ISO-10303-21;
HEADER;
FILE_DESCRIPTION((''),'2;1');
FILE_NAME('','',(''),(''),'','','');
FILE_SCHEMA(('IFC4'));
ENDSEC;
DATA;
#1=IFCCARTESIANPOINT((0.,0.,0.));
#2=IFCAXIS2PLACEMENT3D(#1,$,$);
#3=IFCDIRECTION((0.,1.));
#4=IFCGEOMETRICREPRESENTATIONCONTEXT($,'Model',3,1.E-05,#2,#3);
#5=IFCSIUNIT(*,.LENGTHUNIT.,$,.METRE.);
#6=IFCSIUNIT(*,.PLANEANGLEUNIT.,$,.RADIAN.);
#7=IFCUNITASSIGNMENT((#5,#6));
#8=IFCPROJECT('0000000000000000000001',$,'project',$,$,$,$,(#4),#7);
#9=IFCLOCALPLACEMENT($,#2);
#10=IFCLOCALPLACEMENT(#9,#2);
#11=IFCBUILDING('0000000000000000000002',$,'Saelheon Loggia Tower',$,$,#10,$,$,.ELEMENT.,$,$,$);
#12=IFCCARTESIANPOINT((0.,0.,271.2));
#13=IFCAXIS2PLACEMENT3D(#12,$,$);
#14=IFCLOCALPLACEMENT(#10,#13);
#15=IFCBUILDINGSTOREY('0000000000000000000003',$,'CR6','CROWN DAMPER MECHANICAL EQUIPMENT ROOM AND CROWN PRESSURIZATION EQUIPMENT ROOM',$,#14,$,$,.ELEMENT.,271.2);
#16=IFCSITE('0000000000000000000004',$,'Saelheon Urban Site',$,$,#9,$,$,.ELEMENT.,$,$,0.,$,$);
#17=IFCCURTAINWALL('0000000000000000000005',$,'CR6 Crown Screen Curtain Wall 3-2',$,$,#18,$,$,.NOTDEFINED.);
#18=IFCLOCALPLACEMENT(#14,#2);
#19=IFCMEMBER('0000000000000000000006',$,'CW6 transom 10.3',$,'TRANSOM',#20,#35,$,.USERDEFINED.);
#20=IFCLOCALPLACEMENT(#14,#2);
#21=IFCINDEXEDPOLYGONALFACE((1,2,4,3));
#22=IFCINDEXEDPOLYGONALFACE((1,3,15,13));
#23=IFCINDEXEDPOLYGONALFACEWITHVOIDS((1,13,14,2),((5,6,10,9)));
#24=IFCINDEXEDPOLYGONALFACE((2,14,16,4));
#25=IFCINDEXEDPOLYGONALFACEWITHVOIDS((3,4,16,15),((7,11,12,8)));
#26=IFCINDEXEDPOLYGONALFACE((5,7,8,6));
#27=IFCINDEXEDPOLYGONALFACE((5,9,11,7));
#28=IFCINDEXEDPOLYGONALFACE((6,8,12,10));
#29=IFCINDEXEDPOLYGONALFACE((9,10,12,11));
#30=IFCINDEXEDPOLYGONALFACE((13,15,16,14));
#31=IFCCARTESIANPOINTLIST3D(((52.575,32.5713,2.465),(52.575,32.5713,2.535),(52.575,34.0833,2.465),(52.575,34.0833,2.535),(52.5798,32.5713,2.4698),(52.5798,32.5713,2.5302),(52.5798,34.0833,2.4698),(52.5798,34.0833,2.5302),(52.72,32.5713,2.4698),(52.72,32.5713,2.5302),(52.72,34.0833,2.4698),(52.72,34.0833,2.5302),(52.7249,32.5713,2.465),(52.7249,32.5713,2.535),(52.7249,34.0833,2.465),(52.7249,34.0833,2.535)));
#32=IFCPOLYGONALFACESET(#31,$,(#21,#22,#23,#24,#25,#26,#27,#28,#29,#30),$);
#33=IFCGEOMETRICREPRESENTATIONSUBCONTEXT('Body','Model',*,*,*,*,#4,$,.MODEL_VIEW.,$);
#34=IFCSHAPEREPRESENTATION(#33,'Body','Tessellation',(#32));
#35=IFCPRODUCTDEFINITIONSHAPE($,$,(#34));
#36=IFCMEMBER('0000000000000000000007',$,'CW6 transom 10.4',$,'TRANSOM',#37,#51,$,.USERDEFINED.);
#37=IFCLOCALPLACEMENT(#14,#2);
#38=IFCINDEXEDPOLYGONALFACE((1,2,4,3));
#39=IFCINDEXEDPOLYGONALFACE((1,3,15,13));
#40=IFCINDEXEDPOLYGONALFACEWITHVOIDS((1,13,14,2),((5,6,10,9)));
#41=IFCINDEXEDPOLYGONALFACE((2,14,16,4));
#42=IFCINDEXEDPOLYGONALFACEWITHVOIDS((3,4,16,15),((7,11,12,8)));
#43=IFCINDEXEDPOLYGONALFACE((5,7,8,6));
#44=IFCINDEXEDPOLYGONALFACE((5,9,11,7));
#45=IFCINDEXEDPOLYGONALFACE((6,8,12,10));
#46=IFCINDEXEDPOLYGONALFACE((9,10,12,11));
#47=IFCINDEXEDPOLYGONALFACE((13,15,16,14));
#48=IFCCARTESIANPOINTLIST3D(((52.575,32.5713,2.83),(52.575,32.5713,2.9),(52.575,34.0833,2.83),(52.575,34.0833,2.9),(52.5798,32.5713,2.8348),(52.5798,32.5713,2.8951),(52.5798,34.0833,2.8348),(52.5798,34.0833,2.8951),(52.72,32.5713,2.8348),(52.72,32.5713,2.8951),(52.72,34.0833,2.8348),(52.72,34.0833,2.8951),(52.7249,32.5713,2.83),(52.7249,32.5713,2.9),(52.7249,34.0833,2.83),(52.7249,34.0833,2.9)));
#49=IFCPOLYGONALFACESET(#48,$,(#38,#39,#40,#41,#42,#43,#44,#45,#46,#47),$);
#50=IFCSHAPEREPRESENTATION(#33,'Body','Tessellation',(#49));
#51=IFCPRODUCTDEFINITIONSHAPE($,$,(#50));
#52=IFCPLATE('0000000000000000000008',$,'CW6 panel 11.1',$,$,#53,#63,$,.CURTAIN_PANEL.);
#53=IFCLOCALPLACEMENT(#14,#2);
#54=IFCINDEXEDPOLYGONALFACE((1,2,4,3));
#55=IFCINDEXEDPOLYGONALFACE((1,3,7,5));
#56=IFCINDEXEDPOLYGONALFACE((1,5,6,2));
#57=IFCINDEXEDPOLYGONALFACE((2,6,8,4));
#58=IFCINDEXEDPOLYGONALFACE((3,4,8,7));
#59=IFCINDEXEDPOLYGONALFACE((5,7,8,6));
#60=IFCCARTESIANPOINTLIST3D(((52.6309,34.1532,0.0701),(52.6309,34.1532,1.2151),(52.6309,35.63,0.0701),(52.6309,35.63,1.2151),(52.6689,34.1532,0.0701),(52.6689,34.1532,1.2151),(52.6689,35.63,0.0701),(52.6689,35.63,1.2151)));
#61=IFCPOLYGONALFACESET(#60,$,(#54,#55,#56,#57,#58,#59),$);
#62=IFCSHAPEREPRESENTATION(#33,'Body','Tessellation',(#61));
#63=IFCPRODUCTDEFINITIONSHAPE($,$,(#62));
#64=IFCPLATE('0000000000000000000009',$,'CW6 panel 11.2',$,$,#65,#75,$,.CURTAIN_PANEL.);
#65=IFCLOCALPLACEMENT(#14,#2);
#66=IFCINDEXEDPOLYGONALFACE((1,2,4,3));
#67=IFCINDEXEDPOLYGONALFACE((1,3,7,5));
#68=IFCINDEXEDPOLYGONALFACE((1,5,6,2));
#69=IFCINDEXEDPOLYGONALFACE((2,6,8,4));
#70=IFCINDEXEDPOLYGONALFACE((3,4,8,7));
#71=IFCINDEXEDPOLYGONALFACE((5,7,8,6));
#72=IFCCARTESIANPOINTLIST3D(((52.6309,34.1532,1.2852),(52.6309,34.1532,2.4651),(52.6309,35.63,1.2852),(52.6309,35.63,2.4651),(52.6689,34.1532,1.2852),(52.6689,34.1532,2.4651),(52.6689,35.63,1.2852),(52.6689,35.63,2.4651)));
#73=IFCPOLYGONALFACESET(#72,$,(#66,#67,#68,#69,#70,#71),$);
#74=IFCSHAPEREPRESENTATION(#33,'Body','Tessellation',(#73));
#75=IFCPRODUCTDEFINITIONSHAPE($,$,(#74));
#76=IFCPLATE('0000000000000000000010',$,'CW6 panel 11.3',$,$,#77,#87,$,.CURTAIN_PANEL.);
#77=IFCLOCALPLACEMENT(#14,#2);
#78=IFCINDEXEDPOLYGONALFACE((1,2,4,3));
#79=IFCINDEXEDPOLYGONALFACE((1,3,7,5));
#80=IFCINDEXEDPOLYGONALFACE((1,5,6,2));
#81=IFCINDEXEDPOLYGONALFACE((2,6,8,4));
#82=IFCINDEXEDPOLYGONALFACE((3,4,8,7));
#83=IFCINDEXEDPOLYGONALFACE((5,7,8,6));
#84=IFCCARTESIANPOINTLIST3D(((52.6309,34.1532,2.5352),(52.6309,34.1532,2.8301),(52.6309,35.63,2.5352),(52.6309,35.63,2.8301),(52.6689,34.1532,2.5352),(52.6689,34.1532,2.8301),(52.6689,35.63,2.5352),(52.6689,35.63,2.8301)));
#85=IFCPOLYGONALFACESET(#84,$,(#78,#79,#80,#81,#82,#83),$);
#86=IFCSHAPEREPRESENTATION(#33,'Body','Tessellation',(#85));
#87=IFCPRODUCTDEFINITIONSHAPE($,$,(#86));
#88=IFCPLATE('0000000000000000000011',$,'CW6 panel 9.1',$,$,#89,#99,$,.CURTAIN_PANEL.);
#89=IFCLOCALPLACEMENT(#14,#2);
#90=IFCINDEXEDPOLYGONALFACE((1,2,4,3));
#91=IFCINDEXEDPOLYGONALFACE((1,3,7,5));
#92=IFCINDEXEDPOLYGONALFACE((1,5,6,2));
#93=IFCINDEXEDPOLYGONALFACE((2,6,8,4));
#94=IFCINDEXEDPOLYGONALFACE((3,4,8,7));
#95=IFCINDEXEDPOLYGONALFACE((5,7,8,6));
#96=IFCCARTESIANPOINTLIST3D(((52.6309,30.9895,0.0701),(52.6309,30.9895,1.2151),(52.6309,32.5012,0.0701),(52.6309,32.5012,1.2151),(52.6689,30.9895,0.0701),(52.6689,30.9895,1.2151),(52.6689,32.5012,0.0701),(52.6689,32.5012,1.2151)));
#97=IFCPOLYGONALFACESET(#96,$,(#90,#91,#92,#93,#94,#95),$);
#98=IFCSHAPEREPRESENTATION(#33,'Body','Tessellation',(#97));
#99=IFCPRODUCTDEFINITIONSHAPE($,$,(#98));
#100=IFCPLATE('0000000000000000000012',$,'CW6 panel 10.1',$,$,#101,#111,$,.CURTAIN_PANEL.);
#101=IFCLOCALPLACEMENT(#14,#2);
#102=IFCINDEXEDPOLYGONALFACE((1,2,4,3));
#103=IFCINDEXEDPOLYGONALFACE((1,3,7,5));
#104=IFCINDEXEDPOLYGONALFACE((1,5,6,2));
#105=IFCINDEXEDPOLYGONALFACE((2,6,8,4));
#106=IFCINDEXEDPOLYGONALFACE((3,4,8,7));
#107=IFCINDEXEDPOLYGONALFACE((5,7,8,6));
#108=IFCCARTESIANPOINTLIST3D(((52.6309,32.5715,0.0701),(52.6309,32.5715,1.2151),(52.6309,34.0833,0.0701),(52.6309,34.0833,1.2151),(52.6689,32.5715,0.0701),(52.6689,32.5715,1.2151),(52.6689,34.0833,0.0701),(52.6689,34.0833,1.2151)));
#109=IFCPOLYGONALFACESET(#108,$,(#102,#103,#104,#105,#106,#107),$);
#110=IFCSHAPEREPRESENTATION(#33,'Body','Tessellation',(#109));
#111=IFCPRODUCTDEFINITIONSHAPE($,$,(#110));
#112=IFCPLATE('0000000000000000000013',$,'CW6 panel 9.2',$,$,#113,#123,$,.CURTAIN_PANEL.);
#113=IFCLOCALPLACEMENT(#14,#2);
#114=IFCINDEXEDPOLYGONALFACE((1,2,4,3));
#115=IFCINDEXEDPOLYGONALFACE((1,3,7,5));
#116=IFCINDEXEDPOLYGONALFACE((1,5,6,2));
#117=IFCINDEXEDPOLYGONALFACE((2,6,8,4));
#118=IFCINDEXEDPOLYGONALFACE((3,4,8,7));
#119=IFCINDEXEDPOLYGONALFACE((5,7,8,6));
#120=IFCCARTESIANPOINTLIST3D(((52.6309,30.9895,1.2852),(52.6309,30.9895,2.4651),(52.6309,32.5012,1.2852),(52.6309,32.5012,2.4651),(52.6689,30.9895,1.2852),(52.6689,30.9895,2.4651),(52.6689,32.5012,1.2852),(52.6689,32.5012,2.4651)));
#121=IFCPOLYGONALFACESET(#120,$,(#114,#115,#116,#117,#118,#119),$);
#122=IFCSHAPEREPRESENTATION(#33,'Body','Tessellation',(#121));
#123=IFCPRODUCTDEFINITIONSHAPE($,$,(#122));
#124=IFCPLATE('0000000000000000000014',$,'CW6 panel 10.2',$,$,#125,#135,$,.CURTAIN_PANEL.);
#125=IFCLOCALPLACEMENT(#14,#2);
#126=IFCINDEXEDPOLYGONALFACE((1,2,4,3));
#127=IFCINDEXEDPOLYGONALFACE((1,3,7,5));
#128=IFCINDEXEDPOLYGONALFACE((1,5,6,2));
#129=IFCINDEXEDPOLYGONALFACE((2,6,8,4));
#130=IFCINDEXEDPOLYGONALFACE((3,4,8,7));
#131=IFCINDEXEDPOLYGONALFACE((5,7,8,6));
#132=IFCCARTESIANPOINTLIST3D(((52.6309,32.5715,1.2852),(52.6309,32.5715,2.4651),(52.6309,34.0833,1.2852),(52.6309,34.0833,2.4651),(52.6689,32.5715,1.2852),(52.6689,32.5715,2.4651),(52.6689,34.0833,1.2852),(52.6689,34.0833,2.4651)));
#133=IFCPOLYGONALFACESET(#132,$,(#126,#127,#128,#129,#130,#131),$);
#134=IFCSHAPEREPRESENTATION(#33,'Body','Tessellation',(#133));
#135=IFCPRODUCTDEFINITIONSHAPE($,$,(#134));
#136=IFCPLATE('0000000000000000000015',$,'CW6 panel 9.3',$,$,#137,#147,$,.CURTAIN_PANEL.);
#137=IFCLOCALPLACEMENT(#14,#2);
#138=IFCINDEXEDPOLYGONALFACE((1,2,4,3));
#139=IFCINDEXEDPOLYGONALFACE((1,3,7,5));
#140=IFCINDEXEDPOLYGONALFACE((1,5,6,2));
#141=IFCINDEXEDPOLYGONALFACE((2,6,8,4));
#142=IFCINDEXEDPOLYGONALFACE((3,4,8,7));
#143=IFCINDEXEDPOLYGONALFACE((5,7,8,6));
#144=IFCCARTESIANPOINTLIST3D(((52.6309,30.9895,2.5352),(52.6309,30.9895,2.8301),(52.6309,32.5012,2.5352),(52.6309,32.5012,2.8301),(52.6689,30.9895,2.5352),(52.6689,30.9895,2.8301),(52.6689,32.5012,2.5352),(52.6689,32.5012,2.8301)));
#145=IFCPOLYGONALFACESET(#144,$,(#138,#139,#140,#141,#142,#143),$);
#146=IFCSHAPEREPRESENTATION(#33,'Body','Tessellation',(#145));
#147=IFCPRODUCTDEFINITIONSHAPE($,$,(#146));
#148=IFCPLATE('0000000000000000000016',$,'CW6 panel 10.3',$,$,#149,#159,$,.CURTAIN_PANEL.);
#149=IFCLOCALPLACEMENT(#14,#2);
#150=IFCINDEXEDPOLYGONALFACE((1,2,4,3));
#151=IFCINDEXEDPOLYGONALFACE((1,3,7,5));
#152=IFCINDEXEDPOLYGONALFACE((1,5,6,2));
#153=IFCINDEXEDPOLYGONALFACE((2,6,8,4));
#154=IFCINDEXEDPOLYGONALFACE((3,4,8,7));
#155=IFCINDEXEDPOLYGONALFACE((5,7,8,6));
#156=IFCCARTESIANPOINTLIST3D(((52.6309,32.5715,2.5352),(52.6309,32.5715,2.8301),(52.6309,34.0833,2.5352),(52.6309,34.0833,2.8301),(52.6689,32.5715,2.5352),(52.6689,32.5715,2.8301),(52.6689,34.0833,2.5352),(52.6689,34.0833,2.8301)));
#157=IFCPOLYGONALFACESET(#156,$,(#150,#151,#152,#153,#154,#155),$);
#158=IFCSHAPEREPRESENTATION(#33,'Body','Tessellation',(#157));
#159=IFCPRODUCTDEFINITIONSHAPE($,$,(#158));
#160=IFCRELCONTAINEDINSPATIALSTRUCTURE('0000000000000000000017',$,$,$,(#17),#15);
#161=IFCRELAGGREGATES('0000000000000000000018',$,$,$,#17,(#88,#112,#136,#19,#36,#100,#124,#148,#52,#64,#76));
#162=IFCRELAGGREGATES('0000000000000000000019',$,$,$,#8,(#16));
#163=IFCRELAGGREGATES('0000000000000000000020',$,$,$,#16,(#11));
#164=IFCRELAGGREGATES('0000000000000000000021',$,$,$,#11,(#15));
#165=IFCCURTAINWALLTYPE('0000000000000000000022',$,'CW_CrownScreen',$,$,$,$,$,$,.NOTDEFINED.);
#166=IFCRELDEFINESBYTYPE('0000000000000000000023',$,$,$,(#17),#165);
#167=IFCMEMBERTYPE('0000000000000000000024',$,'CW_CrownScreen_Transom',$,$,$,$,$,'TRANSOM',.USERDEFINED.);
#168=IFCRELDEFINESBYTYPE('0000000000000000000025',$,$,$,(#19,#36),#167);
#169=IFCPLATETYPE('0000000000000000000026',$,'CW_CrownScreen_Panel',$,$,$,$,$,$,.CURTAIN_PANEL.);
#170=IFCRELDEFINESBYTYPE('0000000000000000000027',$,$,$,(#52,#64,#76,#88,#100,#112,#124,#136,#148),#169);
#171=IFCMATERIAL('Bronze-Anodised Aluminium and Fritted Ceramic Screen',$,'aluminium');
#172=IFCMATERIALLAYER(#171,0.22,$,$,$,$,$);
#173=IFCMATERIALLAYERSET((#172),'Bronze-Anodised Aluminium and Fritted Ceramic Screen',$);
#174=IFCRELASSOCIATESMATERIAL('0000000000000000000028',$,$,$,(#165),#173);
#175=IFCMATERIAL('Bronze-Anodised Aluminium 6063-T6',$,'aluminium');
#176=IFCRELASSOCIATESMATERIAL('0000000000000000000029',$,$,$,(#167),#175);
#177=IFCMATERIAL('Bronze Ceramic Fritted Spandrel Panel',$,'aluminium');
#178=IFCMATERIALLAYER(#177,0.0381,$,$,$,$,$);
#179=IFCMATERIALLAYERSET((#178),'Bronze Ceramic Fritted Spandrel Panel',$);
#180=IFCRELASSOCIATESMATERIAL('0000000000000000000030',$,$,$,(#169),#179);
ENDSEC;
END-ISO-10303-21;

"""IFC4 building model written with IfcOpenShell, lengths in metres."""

from ifc_helpers import new_model, si_unit, direction, frame, origin, origin_2d, place, context, subcontext, project, spatial, rectangle, hollow_rectangle, extrude, source, transform, mapped, material, layer, layer_set, material_profile, profile_set, type_object, element, aggregate, save


model = new_model("IFC4")

# Units and contexts
model_context = context("Model", 3, precision=1e-05, world=origin(), true_north=direction((0.0, 1.0)))
body_context = subcontext(model_context, "Body", "Model", "MODEL_VIEW")
ifc_project = project(units=[si_unit("LENGTHUNIT", "METRE"), si_unit("PLANEANGLEUNIT", "RADIAN")], contexts=[model_context])

# Site, building, storey
site_placement = place(None, origin())
site = spatial("IfcSite", under=ifc_project, at=site_placement, Name="Saelheon Urban Site", CompositionType="ELEMENT", RefElevation=0.0)
building_placement = place(site_placement, origin())
building = spatial("IfcBuilding", under=site, at=building_placement, Name="Saelheon Loggia Tower", CompositionType="ELEMENT")
storey_placement = place(building_placement, frame((0.0, 0.0, 271.2)))
storey = spatial("IfcBuildingStorey", under=building, at=storey_placement, Name="CR6", Description="CROWN DAMPER MECHANICAL EQUIPMENT ROOM AND CROWN PRESSURIZATION EQUIPMENT ROOM", CompositionType="ELEMENT", Elevation=271.2)

# Curtain wall, members, plates
ifc_material_1 = material(Name="Bronze-Anodised Aluminium and Fritted Ceramic Screen", Category="aluminium")
ifc_layer_1 = layer(ifc_material_1, 0.22)
ifc_layer_set_1 = layer_set([ifc_layer_1], Name="Bronze-Anodised Aluminium and Fritted Ceramic Screen")
curtain_wall_type = type_object("IfcCurtainWallType", Name="CW_CrownScreen", PredefinedType="NOTDEFINED", material=ifc_layer_set_1)
curtain_wall_placement = place(storey_placement, origin())
curtain_wall = element("IfcCurtainWall", 1, at=curtain_wall_placement, inside=storey, type_object=curtain_wall_type, Name="CR6 Crown Screen Curtain Wall 3-2", PredefinedType="NOTDEFINED")
ifc_material_2 = material(Name="Bronze-Anodised Aluminium 6063-T6", Category="aluminium")
ifc_material_profile_1 = material_profile(ifc_material_2, hollow_rectangle(XDim=0.0701, YDim=0.1499, WallThickness=0.0049, at=origin_2d()), Name="RHS-150x70x5")
ifc_profile_set_1 = profile_set([ifc_material_profile_1], Name="Bronze-Anodised Aluminium 6063-T6")
member_type_1 = type_object("IfcMemberType", Name="CW_CrownScreen_Transom", ElementType="TRANSOM", PredefinedType="USERDEFINED", material=ifc_profile_set_1)
shared_shape_1 = source(origin(), body_context, "Body", "SweptSolid", [
    extrude(hollow_rectangle(XDim=0.0701, YDim=0.1499, WallThickness=0.0049, at=origin_2d()), origin(), (0.0, 0.0, 1.0), 1.512),
])
member_1_placement = place(storey_placement, frame((52.6499, 32.5713, 2.5), z_axis=(0.0, 1.0, 0.0), x_axis=(0.0, 0.0, 1.0)))
member_1 = element("IfcMember", 2, at=member_1_placement, type_object=member_type_1, Name="CW6 transom 10.3", ObjectType="TRANSOM", PredefinedType="USERDEFINED", context=body_context, shape_type="MappedRepresentation", body=[
    mapped(shared_shape_1, transform((0.0, 0.0, 0.0), scale=1.0)),
])
member_2_placement = place(storey_placement, frame((52.6499, 32.5713, 2.865), z_axis=(0.0, 1.0, 0.0), x_axis=(0.0, 0.0, 1.0)))
member_2 = element("IfcMember", 3, at=member_2_placement, type_object=member_type_1, Name="CW6 transom 10.4", ObjectType="TRANSOM", PredefinedType="USERDEFINED", context=body_context, shape_type="MappedRepresentation", body=[
    mapped(shared_shape_1, transform((0.0, 0.0, 0.0), scale=1.0)),
])
ifc_material_3 = material(Name="Bronze Ceramic Fritted Spandrel Panel", Category="aluminium")
ifc_layer_2 = layer(ifc_material_3, 0.0381)
ifc_layer_set_2 = layer_set([ifc_layer_2], Name="Bronze Ceramic Fritted Spandrel Panel")
plate_type = type_object("IfcPlateType", Name="CW_CrownScreen_Panel", PredefinedType="CURTAIN_PANEL", material=ifc_layer_set_2)
shared_shape_2 = source(origin(), body_context, "Body", "SweptSolid", [
    extrude(rectangle(XDim=1.4768, YDim=0.0381, at=origin_2d()), origin(), (0.0, 0.0, 1.0), 1.145),
])
plate_1_placement = place(storey_placement, frame((52.6499, 34.8916, 0.0701), z_axis=(0.0, 0.0, 1.0), x_axis=(0.0, 1.0, 0.0)))
plate_1 = element("IfcPlate", 4, at=plate_1_placement, type_object=plate_type, Name="CW6 panel 11.1", PredefinedType="CURTAIN_PANEL", context=body_context, shape_type="MappedRepresentation", body=[
    mapped(shared_shape_2, transform((0.0, 0.0, 0.0), scale=1.0)),
])
shared_shape_3 = source(origin(), body_context, "Body", "SweptSolid", [
    extrude(rectangle(XDim=1.4768, YDim=0.0381, at=origin_2d()), origin(), (0.0, 0.0, 1.0), 1.1799),
])
plate_2_placement = place(storey_placement, frame((52.6499, 34.8916, 1.2852), z_axis=(0.0, 0.0, 1.0), x_axis=(0.0, 1.0, 0.0)))
plate_2 = element("IfcPlate", 5, at=plate_2_placement, type_object=plate_type, Name="CW6 panel 11.2", PredefinedType="CURTAIN_PANEL", context=body_context, shape_type="MappedRepresentation", body=[
    mapped(shared_shape_3, transform((0.0, 0.0, 0.0), scale=1.0)),
])
shared_shape_4 = source(origin(), body_context, "Body", "SweptSolid", [
    extrude(rectangle(XDim=1.4768, YDim=0.0381, at=origin_2d()), origin(), (0.0, 0.0, 1.0), 0.2949),
])
plate_3_placement = place(storey_placement, frame((52.6499, 34.8916, 2.5352), z_axis=(0.0, 0.0, 1.0), x_axis=(0.0, 1.0, 0.0)))
plate_3 = element("IfcPlate", 6, at=plate_3_placement, type_object=plate_type, Name="CW6 panel 11.3", PredefinedType="CURTAIN_PANEL", context=body_context, shape_type="MappedRepresentation", body=[
    mapped(shared_shape_4, transform((0.0, 0.0, 0.0), scale=1.0)),
])
shared_shape_5 = source(origin(), body_context, "Body", "SweptSolid", [
    extrude(rectangle(XDim=1.5117, YDim=0.0381, at=origin_2d()), origin(), (0.0, 0.0, 1.0), 1.145),
])
plate_4_placement = place(storey_placement, frame((52.6499, 31.7454, 0.0701), z_axis=(0.0, 0.0, 1.0), x_axis=(0.0, 1.0, 0.0)))
plate_4 = element("IfcPlate", 7, at=plate_4_placement, type_object=plate_type, Name="CW6 panel 9.1", PredefinedType="CURTAIN_PANEL", context=body_context, shape_type="MappedRepresentation", body=[
    mapped(shared_shape_5, transform((0.0, 0.0, 0.0), scale=1.0)),
])
plate_5_placement = place(storey_placement, frame((52.6499, 33.3274, 0.0701), z_axis=(0.0, 0.0, 1.0), x_axis=(0.0, 1.0, 0.0)))
plate_5 = element("IfcPlate", 8, at=plate_5_placement, type_object=plate_type, Name="CW6 panel 10.1", PredefinedType="CURTAIN_PANEL", context=body_context, shape_type="MappedRepresentation", body=[
    mapped(shared_shape_5, transform((0.0, 0.0, 0.0), scale=1.0)),
])
shared_shape_6 = source(origin(), body_context, "Body", "SweptSolid", [
    extrude(rectangle(XDim=1.5117, YDim=0.0381, at=origin_2d()), origin(), (0.0, 0.0, 1.0), 1.1799),
])
plate_6_placement = place(storey_placement, frame((52.6499, 31.7454, 1.2852), z_axis=(0.0, 0.0, 1.0), x_axis=(0.0, 1.0, 0.0)))
plate_6 = element("IfcPlate", 9, at=plate_6_placement, type_object=plate_type, Name="CW6 panel 9.2", PredefinedType="CURTAIN_PANEL", context=body_context, shape_type="MappedRepresentation", body=[
    mapped(shared_shape_6, transform((0.0, 0.0, 0.0), scale=1.0)),
])
plate_7_placement = place(storey_placement, frame((52.6499, 33.3274, 1.2852), z_axis=(0.0, 0.0, 1.0), x_axis=(0.0, 1.0, 0.0)))
plate_7 = element("IfcPlate", 10, at=plate_7_placement, type_object=plate_type, Name="CW6 panel 10.2", PredefinedType="CURTAIN_PANEL", context=body_context, shape_type="MappedRepresentation", body=[
    mapped(shared_shape_6, transform((0.0, 0.0, 0.0), scale=1.0)),
])
shared_shape_7 = source(origin(), body_context, "Body", "SweptSolid", [
    extrude(rectangle(XDim=1.5117, YDim=0.0381, at=origin_2d()), origin(), (0.0, 0.0, 1.0), 0.2949),
])
plate_8_placement = place(storey_placement, frame((52.6499, 31.7454, 2.5352), z_axis=(0.0, 0.0, 1.0), x_axis=(0.0, 1.0, 0.0)))
plate_8 = element("IfcPlate", 11, at=plate_8_placement, type_object=plate_type, Name="CW6 panel 9.3", PredefinedType="CURTAIN_PANEL", context=body_context, shape_type="MappedRepresentation", body=[
    mapped(shared_shape_7, transform((0.0, 0.0, 0.0), scale=1.0)),
])
plate_9_placement = place(storey_placement, frame((52.6499, 33.3274, 2.5352), z_axis=(0.0, 0.0, 1.0), x_axis=(0.0, 1.0, 0.0)))
plate_9 = element("IfcPlate", 12, at=plate_9_placement, type_object=plate_type, Name="CW6 panel 10.3", PredefinedType="CURTAIN_PANEL", context=body_context, shape_type="MappedRepresentation", body=[
    mapped(shared_shape_7, transform((0.0, 0.0, 0.0), scale=1.0)),
])
aggregate(curtain_wall, [plate_4, plate_6, plate_8, member_1, member_2, plate_5, plate_7, plate_9, plate_1, plate_2, plate_3])

save(model, "model.ifc")
